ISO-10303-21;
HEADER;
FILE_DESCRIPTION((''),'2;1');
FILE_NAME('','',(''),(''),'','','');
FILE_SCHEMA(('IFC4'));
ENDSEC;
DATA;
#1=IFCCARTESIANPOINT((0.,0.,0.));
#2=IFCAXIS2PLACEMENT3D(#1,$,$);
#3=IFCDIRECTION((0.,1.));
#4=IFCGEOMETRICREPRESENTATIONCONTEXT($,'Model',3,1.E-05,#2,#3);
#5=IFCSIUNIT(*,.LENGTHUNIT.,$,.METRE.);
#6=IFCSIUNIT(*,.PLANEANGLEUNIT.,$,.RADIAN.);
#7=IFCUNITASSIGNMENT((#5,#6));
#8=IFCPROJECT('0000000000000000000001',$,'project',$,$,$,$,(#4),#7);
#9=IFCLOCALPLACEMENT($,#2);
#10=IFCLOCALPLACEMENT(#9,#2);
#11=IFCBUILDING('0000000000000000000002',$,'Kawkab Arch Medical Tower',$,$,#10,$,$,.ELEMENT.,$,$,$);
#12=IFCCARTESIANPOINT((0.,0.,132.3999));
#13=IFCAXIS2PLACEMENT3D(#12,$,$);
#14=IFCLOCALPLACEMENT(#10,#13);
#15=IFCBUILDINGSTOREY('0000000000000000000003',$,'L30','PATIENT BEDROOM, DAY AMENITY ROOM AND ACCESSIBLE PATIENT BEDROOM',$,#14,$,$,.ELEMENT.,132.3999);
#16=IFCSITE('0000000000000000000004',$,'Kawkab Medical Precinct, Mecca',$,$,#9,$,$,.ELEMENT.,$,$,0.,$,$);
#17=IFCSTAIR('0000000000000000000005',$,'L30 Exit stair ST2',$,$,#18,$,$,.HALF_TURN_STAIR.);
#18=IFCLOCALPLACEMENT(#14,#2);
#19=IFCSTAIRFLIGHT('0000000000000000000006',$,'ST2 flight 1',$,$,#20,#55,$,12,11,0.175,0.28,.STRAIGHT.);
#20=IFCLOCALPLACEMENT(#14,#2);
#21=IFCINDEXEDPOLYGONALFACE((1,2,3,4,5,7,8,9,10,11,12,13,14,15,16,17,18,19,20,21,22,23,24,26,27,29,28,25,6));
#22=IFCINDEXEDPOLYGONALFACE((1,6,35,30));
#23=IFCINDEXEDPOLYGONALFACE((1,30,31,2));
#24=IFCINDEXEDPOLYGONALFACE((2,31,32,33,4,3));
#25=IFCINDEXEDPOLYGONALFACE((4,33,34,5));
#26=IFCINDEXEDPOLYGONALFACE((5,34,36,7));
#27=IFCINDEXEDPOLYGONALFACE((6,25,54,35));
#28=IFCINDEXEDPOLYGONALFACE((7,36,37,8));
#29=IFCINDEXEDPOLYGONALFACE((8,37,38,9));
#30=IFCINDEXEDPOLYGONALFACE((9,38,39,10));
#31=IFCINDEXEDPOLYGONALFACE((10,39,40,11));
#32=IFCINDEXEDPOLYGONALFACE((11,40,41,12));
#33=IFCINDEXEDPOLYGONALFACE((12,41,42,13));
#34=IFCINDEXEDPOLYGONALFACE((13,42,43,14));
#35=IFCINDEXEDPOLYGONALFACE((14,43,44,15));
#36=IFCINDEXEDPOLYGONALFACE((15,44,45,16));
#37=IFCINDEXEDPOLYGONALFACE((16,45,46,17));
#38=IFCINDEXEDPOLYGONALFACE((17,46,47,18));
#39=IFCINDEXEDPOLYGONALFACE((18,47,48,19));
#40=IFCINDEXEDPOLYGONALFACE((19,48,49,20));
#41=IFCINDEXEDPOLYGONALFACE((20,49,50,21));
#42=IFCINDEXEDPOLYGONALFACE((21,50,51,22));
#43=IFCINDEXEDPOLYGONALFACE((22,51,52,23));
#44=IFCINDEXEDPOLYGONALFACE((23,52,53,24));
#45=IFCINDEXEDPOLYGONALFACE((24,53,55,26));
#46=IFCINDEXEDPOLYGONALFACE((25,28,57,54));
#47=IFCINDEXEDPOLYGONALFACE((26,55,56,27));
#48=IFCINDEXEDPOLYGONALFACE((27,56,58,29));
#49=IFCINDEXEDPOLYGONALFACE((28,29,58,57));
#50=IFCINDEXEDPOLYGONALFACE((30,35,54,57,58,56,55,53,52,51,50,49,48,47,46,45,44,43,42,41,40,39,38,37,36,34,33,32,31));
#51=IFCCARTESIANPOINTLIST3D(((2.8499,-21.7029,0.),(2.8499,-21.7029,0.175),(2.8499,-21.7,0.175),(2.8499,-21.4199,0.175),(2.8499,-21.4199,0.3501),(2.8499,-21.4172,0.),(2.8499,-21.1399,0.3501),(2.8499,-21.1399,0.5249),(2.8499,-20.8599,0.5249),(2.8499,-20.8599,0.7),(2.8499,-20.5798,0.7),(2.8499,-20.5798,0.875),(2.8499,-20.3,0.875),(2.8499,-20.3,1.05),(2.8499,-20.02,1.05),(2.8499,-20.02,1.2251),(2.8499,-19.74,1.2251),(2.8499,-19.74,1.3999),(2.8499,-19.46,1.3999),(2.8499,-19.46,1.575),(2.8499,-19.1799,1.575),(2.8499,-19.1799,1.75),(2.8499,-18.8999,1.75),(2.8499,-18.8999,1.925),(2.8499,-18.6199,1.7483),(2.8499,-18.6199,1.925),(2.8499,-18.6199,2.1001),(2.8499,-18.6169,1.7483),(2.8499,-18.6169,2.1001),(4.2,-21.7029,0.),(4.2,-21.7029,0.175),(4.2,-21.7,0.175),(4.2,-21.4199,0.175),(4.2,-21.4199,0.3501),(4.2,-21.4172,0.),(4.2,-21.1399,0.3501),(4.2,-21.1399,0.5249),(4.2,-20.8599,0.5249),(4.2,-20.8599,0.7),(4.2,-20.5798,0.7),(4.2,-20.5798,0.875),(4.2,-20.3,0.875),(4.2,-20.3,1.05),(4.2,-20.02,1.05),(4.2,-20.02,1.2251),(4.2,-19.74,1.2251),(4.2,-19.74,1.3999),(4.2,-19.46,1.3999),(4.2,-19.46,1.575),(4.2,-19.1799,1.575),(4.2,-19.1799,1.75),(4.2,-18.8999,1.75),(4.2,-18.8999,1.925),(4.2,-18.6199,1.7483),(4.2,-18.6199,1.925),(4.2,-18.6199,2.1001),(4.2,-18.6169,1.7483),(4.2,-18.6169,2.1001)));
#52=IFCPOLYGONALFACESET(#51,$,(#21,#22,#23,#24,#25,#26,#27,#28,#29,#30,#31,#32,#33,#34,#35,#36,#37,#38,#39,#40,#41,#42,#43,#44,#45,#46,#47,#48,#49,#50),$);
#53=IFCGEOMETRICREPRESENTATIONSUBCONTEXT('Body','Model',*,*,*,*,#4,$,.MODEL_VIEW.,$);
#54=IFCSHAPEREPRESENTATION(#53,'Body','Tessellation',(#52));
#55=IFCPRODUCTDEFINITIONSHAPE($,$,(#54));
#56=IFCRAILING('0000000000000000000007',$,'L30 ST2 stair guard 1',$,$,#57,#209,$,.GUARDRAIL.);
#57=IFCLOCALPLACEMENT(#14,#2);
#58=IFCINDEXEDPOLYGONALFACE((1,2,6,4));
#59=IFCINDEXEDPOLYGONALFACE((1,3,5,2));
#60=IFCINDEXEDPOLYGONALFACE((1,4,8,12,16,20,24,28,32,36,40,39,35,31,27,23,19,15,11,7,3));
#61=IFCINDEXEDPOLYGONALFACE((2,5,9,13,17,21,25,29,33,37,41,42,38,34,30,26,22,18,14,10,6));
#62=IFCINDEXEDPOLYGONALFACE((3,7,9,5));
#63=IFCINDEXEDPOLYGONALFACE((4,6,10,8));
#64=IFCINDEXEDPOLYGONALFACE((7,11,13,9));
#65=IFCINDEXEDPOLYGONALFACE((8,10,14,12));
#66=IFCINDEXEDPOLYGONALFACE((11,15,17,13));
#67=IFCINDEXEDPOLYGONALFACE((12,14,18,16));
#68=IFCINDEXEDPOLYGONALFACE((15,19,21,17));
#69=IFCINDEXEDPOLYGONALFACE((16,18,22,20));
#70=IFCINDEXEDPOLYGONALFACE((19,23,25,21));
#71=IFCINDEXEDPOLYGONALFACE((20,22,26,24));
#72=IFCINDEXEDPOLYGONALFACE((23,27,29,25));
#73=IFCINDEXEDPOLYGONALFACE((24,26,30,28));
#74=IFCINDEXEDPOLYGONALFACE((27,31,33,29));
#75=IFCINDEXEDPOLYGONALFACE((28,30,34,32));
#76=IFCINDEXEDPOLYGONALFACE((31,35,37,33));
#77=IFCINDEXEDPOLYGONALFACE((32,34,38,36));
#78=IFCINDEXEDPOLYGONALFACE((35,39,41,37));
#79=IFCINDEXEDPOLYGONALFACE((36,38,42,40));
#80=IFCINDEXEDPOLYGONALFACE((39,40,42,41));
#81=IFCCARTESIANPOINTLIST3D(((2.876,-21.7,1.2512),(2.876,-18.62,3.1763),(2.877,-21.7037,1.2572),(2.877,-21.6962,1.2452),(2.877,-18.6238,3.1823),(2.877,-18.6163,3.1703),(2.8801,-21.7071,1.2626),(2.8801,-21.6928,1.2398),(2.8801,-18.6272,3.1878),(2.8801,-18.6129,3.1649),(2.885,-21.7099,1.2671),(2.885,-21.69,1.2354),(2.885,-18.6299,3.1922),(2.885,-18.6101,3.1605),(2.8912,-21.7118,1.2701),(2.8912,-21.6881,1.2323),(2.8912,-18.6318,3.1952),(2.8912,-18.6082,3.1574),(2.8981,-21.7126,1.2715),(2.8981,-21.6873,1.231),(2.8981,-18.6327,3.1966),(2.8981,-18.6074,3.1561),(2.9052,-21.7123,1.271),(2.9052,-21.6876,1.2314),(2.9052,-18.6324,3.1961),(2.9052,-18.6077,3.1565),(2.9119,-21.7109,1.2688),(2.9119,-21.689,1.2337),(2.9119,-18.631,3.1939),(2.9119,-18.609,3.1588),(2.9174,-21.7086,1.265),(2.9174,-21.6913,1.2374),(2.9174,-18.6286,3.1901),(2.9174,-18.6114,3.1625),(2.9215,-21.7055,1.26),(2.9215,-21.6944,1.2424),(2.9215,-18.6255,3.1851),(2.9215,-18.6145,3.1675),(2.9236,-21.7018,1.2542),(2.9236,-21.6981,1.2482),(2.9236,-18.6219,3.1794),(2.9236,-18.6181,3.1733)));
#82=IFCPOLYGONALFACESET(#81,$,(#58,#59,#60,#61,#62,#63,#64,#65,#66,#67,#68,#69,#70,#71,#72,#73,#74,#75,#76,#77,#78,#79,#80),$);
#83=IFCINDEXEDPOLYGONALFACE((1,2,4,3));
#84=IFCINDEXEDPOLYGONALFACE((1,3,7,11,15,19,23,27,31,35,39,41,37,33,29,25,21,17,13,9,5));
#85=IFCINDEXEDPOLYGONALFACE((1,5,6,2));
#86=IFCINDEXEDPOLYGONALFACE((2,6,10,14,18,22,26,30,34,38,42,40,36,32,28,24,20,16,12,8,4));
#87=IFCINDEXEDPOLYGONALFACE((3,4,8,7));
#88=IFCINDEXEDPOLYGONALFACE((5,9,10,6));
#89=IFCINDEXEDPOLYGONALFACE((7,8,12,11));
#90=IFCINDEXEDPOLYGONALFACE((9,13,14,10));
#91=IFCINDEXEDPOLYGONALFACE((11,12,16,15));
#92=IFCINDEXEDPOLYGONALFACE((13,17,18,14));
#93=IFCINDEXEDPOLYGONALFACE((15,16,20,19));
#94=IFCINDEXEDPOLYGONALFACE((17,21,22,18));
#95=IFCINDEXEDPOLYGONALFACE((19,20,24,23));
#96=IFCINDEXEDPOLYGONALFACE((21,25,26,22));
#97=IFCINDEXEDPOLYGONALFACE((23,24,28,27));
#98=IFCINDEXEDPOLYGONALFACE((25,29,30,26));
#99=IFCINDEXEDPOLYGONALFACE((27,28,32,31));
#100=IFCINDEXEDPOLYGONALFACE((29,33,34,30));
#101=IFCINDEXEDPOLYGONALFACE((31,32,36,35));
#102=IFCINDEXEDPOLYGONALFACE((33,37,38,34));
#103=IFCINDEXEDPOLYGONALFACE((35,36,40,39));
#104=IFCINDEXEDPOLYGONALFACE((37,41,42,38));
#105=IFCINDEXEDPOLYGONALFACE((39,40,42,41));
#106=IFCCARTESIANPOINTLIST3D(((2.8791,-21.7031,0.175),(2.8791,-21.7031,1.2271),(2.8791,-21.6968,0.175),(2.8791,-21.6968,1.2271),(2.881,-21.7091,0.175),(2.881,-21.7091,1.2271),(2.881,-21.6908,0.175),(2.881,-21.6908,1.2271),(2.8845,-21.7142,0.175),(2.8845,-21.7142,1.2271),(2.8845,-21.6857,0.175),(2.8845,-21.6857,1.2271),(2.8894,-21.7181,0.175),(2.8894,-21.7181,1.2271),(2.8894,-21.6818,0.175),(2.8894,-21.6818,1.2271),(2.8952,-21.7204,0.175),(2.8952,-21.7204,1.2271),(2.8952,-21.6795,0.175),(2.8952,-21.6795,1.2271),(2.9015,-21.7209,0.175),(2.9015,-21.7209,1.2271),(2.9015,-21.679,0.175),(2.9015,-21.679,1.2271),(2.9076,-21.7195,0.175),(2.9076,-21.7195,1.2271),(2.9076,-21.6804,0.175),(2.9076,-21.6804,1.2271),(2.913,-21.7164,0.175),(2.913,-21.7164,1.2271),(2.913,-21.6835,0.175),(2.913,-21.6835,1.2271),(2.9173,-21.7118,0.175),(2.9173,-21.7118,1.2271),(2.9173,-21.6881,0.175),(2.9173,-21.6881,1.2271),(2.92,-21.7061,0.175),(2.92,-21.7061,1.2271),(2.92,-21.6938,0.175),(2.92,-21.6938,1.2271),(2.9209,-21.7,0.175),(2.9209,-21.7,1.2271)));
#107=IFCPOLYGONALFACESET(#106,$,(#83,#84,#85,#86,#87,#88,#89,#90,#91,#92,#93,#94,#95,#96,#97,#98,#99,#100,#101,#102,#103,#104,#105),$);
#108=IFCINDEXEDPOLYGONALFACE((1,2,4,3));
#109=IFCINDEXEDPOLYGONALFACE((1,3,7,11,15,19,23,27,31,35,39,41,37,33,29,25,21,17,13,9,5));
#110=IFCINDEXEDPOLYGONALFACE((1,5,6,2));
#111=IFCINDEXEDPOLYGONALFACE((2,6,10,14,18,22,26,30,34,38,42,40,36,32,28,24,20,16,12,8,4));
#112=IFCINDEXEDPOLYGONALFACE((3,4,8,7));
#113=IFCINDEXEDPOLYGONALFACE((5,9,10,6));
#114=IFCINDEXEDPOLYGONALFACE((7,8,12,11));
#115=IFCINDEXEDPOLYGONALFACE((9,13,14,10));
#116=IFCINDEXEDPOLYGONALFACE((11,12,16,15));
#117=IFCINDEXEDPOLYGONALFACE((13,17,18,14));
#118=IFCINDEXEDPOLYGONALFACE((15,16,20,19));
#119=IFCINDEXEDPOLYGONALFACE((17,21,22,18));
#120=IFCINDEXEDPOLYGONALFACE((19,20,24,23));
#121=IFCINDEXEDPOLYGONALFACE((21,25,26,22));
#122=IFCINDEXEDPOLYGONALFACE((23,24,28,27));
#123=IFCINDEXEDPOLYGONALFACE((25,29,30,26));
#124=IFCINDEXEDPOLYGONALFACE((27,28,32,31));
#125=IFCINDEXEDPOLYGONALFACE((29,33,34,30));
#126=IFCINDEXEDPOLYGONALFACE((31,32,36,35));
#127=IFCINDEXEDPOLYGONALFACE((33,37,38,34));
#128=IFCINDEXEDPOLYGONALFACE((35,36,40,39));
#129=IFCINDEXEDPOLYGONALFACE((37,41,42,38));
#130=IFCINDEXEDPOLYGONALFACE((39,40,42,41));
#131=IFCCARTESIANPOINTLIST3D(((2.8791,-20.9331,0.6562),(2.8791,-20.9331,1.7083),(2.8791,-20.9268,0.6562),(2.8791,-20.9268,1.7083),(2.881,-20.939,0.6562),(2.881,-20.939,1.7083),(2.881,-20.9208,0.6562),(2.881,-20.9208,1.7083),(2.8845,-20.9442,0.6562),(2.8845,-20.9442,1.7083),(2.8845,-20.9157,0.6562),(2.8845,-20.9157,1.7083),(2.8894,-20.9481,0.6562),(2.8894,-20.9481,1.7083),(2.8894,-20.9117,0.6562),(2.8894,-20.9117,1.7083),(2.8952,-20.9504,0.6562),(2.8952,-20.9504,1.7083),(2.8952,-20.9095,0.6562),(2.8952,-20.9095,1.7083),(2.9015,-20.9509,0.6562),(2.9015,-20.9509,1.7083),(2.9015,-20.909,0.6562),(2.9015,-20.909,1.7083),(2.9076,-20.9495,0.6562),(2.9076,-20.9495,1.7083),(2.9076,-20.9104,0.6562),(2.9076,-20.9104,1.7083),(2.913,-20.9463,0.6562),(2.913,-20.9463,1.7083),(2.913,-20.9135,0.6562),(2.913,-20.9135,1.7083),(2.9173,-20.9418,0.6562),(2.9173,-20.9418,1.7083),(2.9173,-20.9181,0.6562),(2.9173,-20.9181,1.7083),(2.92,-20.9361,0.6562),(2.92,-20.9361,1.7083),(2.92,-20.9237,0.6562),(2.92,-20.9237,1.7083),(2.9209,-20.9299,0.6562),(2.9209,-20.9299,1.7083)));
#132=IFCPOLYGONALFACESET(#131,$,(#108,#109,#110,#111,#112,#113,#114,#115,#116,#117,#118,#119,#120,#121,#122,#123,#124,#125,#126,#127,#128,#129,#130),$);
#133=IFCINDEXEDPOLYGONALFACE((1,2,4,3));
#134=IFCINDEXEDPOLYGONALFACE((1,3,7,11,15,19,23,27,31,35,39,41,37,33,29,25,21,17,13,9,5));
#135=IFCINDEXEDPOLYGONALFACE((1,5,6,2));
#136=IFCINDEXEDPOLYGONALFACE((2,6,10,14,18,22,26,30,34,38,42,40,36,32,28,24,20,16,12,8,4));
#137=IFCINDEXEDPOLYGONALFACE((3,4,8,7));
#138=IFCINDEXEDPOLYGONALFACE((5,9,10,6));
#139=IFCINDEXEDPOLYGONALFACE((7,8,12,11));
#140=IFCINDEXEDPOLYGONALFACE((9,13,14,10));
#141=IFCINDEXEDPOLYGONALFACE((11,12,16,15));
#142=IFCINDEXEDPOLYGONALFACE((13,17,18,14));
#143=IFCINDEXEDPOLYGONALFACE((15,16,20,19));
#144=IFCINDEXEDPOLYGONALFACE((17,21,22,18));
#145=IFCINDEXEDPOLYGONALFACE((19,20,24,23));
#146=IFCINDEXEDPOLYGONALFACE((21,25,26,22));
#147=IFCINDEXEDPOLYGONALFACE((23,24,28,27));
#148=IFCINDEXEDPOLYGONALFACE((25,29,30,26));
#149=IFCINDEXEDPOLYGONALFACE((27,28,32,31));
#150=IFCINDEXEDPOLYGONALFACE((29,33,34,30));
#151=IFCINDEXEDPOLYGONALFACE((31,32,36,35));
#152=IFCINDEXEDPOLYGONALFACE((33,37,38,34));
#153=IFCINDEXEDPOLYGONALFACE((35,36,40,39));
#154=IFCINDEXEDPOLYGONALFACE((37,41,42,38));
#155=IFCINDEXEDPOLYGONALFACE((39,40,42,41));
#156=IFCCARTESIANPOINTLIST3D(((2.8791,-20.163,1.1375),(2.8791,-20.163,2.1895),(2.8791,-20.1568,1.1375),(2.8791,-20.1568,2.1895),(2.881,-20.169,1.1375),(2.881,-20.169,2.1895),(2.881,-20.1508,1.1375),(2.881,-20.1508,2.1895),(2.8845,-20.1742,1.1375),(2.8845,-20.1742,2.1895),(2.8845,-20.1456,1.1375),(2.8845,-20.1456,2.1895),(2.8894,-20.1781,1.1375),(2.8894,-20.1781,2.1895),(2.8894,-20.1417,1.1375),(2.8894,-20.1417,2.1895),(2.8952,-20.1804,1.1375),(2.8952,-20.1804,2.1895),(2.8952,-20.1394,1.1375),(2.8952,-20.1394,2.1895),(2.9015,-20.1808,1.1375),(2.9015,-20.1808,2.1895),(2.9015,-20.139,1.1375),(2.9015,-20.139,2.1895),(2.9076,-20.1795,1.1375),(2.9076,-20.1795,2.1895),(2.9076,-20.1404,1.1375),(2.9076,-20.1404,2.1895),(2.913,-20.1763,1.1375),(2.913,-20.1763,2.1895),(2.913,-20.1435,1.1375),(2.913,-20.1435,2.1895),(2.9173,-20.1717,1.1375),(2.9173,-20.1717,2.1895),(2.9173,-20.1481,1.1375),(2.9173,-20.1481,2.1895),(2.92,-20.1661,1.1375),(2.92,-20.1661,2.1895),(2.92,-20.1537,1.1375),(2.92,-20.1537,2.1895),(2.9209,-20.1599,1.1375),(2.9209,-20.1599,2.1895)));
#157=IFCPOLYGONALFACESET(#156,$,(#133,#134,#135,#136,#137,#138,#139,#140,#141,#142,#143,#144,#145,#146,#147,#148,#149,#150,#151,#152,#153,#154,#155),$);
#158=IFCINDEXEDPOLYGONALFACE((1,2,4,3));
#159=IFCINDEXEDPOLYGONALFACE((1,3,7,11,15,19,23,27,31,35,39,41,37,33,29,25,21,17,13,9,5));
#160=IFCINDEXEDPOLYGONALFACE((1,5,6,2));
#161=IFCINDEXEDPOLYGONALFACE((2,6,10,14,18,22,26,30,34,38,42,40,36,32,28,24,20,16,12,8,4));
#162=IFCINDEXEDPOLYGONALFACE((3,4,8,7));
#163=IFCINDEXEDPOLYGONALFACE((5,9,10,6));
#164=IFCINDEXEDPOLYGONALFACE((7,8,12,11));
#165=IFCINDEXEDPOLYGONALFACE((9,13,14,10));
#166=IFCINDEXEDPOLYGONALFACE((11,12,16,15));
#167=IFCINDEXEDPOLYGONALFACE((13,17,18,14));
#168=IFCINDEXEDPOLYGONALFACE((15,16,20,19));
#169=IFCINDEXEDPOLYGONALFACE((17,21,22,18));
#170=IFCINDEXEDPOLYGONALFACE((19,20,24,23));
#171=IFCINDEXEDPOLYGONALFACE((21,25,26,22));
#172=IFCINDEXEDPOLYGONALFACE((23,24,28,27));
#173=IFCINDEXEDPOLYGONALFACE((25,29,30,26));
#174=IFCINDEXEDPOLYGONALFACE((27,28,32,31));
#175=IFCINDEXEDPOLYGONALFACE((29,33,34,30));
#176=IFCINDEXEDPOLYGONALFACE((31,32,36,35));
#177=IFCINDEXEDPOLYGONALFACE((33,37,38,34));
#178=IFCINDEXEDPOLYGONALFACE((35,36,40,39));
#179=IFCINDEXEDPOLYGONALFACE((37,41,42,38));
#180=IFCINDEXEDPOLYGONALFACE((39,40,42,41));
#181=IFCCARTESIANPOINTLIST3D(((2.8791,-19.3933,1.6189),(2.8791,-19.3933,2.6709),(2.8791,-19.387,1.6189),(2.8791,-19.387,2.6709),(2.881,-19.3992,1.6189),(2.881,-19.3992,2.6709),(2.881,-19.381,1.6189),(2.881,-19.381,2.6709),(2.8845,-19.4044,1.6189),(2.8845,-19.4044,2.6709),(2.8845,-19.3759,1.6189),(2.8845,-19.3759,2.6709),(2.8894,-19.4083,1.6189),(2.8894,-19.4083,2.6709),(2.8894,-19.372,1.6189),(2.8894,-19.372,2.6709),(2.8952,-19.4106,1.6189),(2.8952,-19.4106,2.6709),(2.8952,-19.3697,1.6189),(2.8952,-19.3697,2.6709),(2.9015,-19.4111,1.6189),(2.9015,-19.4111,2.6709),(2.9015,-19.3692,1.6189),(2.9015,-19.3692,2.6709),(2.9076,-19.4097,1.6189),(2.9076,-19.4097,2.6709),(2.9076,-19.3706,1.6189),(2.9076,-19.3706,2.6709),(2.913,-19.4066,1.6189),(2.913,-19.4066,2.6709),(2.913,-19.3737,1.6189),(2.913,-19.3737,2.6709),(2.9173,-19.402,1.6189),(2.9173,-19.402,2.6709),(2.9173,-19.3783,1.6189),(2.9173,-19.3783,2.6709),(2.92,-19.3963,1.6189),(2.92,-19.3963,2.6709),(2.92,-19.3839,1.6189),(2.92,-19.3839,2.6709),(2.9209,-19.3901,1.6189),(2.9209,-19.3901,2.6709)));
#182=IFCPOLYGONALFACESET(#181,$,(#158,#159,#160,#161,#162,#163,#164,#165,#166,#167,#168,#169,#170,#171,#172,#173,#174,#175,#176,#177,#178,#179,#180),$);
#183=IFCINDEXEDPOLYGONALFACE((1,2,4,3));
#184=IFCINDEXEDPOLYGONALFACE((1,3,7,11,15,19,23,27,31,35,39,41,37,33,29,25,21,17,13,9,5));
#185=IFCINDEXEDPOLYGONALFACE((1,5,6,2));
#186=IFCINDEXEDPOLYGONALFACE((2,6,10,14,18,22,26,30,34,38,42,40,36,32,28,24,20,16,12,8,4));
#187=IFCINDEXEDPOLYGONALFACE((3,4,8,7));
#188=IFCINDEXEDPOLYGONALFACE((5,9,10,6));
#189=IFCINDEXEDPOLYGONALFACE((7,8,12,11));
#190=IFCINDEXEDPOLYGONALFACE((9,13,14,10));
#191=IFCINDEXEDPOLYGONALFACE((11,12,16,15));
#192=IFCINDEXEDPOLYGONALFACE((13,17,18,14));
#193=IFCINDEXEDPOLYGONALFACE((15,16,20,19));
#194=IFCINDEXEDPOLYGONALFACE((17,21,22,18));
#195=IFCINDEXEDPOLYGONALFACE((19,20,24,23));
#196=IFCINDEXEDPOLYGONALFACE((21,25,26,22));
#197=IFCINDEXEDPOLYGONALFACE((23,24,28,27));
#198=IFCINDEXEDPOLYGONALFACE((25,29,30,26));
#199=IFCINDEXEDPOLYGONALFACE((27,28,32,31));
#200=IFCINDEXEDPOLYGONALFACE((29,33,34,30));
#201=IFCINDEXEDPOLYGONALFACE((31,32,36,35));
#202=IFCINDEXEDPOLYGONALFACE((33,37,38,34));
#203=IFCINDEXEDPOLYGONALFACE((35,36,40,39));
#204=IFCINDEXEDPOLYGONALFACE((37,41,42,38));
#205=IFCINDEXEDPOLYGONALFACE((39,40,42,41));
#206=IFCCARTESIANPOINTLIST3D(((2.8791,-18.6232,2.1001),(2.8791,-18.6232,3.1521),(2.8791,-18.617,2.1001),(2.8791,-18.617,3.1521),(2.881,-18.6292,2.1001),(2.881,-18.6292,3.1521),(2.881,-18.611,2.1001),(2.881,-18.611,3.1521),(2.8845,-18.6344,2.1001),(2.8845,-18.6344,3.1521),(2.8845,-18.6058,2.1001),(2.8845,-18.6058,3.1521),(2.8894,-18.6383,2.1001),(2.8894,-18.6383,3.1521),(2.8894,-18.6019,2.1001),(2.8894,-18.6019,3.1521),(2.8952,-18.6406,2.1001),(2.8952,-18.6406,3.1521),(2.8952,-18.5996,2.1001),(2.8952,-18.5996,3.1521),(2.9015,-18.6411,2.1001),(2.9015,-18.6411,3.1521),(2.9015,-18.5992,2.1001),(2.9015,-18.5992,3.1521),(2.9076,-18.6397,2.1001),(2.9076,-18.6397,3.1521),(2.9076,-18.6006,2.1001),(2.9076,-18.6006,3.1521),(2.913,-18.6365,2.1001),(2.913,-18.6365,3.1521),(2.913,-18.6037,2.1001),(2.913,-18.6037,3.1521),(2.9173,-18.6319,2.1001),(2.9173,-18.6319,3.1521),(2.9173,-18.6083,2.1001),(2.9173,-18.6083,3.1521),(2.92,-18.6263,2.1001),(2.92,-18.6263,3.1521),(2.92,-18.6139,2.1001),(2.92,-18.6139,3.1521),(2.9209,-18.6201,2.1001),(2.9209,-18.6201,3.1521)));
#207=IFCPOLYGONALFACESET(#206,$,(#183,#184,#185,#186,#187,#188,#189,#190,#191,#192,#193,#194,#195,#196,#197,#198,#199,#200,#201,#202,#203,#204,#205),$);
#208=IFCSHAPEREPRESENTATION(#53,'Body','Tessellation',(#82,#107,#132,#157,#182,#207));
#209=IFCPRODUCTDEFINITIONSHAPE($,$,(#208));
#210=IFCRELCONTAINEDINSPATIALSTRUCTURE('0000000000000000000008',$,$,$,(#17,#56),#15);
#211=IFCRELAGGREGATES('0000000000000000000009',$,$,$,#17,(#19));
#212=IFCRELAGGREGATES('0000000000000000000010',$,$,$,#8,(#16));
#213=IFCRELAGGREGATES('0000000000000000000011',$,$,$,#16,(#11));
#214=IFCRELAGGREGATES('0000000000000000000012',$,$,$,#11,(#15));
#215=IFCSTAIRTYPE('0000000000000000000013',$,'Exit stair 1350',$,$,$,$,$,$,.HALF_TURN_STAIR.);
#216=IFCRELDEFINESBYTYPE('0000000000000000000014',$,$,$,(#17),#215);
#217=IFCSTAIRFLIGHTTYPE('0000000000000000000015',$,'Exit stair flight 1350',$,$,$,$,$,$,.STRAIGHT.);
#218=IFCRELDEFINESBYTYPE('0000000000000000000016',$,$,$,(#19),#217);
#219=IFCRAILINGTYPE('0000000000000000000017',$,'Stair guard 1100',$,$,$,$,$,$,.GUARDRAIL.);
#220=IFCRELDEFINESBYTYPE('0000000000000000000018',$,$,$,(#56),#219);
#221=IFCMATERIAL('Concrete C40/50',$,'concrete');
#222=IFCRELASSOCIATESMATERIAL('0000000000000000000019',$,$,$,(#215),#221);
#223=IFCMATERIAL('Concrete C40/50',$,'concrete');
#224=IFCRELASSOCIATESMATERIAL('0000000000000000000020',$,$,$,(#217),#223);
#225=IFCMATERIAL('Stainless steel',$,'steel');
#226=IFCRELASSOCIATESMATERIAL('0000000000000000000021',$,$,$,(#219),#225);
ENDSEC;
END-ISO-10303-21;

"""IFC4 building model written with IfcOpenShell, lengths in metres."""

from ifc_helpers import new_model, si_unit, direction, frame, origin, origin_2d, place, context, subcontext, project, spatial, polyline, circle, outline, extrude, material, type_object, element, aggregate, save


model = new_model("IFC4")

# Units and contexts
model_context = context("Model", 3, precision=1e-05, world=origin(), true_north=direction((0.0, 1.0)))
body_context = subcontext(model_context, "Body", "Model", "MODEL_VIEW")
ifc_project = project(units=[si_unit("LENGTHUNIT", "METRE"), si_unit("PLANEANGLEUNIT", "RADIAN")], contexts=[model_context])

# Site, building, storey
site_placement = place(None, origin())
site = spatial("IfcSite", under=ifc_project, at=site_placement, Name="Kawkab Medical Precinct, Mecca", CompositionType="ELEMENT", RefElevation=0.0)
building_placement = place(site_placement, origin())
building = spatial("IfcBuilding", under=site, at=building_placement, Name="Kawkab Arch Medical Tower", CompositionType="ELEMENT")
storey_placement = place(building_placement, frame((0.0, 0.0, 132.3999)))
storey = spatial("IfcBuildingStorey", under=building, at=storey_placement, Name="L30", Description="PATIENT BEDROOM, DAY AMENITY ROOM AND ACCESSIBLE PATIENT BEDROOM", CompositionType="ELEMENT", Elevation=132.3999)

# Stair, stair flight
ifc_material_1 = material(Name="Concrete C40/50", Category="concrete")
stair_type = type_object("IfcStairType", Name="Exit stair 1350", PredefinedType="HALF_TURN_STAIR", material=ifc_material_1)
stair_placement = place(storey_placement, origin())
stair = element("IfcStair", 1, at=stair_placement, inside=storey, type_object=stair_type, Name="L30 Exit stair ST2", PredefinedType="HALF_TURN_STAIR")
ifc_material_2 = material(Name="Concrete C40/50", Category="concrete")
stair_flight_type = type_object("IfcStairFlightType", Name="Exit stair flight 1350", PredefinedType="STRAIGHT", material=ifc_material_2)
stair_flight_placement = place(storey_placement, frame((3.5249, -21.7, 0.0), z_axis=(0.0, 0.0, 1.0), x_axis=(0.0, 1.0, 0.0)))
stair_flight = element("IfcStairFlight", 2, at=stair_flight_placement, type_object=stair_flight_type, Name="ST2 flight 1", NumberOfRisers=12, NumberOfTreads=11, PredefinedType="STRAIGHT", RiserHeight=0.175, TreadLength=0.28, context=body_context, shape_type="SweptSolid", body=[
    extrude(outline(polyline([(-0.0029, 0.0), (-0.0029, 0.175), (0.0, 0.175), (0.28, 0.175), (0.28, 0.3501), (0.5601, 0.3501), (0.5601, 0.5249), (0.8401, 0.5249), (0.8401, 0.7), (1.1201, 0.7), (1.1201, 0.875), (1.3999, 0.875), (1.3999, 1.05), (1.6799, 1.05), (1.6799, 1.2251), (1.96, 1.2251), (1.96, 1.3999), (2.24, 1.3999), (2.24, 1.575), (2.52, 1.575), (2.52, 1.75), (2.8, 1.75), (2.8, 1.925), (3.0801, 1.925), (3.0801, 2.1001), (3.083, 2.1001), (3.083, 1.7483), (3.0801, 1.7483), (0.2827, 0.0), (-0.0029, 0.0)])), frame((0.0, 0.675, 0.0), z_axis=(0.0, -1.0, 0.0), x_axis=(1.0, 0.0, 0.0)), (0.0, 0.0, 1.0), 1.3501),
])
aggregate(stair, [stair_flight])

# Railing
ifc_material_3 = material(Name="Stainless steel", Category="steel")
railing_type = type_object("IfcRailingType", Name="Stair guard 1100", PredefinedType="GUARDRAIL", material=ifc_material_3)
railing_1_placement = place(storey_placement, frame((2.8999, -21.7, 0.175)))
element("IfcRailing", 3, at=railing_1_placement, inside=storey, type_object=railing_type, Name="L30 ST2 stair guard 1", PredefinedType="GUARDRAIL", context=body_context, shape_type="SweptSolid", body=[
    extrude(circle(Radius=0.0239, at=origin_2d()), frame((0.0, 0.0, 1.0762), z_axis=(0.0, 0.847979, 0.530029), x_axis=(-1.0, 0.0, 0.0)), (0.0, 0.0, 1.0), 3.6321),
    extrude(circle(Radius=0.021, at=origin_2d()), origin(), (0.0, 0.0, 1.0), 1.052),
    extrude(circle(Radius=0.021, at=origin_2d()), frame((0.0, 0.77, 0.4812)), (0.0, 0.0, 1.0), 1.052),
    extrude(circle(Radius=0.021, at=origin_2d()), frame((0.0, 1.54, 0.9624)), (0.0, 0.0, 1.0), 1.052),
    extrude(circle(Radius=0.021, at=origin_2d()), frame((0.0, 2.3098, 1.4438)), (0.0, 0.0, 1.0), 1.052),
    extrude(circle(Radius=0.021, at=origin_2d()), frame((0.0, 3.0798, 1.925)), (0.0, 0.0, 1.0), 1.052),
])

save(model, "model.ifc")
